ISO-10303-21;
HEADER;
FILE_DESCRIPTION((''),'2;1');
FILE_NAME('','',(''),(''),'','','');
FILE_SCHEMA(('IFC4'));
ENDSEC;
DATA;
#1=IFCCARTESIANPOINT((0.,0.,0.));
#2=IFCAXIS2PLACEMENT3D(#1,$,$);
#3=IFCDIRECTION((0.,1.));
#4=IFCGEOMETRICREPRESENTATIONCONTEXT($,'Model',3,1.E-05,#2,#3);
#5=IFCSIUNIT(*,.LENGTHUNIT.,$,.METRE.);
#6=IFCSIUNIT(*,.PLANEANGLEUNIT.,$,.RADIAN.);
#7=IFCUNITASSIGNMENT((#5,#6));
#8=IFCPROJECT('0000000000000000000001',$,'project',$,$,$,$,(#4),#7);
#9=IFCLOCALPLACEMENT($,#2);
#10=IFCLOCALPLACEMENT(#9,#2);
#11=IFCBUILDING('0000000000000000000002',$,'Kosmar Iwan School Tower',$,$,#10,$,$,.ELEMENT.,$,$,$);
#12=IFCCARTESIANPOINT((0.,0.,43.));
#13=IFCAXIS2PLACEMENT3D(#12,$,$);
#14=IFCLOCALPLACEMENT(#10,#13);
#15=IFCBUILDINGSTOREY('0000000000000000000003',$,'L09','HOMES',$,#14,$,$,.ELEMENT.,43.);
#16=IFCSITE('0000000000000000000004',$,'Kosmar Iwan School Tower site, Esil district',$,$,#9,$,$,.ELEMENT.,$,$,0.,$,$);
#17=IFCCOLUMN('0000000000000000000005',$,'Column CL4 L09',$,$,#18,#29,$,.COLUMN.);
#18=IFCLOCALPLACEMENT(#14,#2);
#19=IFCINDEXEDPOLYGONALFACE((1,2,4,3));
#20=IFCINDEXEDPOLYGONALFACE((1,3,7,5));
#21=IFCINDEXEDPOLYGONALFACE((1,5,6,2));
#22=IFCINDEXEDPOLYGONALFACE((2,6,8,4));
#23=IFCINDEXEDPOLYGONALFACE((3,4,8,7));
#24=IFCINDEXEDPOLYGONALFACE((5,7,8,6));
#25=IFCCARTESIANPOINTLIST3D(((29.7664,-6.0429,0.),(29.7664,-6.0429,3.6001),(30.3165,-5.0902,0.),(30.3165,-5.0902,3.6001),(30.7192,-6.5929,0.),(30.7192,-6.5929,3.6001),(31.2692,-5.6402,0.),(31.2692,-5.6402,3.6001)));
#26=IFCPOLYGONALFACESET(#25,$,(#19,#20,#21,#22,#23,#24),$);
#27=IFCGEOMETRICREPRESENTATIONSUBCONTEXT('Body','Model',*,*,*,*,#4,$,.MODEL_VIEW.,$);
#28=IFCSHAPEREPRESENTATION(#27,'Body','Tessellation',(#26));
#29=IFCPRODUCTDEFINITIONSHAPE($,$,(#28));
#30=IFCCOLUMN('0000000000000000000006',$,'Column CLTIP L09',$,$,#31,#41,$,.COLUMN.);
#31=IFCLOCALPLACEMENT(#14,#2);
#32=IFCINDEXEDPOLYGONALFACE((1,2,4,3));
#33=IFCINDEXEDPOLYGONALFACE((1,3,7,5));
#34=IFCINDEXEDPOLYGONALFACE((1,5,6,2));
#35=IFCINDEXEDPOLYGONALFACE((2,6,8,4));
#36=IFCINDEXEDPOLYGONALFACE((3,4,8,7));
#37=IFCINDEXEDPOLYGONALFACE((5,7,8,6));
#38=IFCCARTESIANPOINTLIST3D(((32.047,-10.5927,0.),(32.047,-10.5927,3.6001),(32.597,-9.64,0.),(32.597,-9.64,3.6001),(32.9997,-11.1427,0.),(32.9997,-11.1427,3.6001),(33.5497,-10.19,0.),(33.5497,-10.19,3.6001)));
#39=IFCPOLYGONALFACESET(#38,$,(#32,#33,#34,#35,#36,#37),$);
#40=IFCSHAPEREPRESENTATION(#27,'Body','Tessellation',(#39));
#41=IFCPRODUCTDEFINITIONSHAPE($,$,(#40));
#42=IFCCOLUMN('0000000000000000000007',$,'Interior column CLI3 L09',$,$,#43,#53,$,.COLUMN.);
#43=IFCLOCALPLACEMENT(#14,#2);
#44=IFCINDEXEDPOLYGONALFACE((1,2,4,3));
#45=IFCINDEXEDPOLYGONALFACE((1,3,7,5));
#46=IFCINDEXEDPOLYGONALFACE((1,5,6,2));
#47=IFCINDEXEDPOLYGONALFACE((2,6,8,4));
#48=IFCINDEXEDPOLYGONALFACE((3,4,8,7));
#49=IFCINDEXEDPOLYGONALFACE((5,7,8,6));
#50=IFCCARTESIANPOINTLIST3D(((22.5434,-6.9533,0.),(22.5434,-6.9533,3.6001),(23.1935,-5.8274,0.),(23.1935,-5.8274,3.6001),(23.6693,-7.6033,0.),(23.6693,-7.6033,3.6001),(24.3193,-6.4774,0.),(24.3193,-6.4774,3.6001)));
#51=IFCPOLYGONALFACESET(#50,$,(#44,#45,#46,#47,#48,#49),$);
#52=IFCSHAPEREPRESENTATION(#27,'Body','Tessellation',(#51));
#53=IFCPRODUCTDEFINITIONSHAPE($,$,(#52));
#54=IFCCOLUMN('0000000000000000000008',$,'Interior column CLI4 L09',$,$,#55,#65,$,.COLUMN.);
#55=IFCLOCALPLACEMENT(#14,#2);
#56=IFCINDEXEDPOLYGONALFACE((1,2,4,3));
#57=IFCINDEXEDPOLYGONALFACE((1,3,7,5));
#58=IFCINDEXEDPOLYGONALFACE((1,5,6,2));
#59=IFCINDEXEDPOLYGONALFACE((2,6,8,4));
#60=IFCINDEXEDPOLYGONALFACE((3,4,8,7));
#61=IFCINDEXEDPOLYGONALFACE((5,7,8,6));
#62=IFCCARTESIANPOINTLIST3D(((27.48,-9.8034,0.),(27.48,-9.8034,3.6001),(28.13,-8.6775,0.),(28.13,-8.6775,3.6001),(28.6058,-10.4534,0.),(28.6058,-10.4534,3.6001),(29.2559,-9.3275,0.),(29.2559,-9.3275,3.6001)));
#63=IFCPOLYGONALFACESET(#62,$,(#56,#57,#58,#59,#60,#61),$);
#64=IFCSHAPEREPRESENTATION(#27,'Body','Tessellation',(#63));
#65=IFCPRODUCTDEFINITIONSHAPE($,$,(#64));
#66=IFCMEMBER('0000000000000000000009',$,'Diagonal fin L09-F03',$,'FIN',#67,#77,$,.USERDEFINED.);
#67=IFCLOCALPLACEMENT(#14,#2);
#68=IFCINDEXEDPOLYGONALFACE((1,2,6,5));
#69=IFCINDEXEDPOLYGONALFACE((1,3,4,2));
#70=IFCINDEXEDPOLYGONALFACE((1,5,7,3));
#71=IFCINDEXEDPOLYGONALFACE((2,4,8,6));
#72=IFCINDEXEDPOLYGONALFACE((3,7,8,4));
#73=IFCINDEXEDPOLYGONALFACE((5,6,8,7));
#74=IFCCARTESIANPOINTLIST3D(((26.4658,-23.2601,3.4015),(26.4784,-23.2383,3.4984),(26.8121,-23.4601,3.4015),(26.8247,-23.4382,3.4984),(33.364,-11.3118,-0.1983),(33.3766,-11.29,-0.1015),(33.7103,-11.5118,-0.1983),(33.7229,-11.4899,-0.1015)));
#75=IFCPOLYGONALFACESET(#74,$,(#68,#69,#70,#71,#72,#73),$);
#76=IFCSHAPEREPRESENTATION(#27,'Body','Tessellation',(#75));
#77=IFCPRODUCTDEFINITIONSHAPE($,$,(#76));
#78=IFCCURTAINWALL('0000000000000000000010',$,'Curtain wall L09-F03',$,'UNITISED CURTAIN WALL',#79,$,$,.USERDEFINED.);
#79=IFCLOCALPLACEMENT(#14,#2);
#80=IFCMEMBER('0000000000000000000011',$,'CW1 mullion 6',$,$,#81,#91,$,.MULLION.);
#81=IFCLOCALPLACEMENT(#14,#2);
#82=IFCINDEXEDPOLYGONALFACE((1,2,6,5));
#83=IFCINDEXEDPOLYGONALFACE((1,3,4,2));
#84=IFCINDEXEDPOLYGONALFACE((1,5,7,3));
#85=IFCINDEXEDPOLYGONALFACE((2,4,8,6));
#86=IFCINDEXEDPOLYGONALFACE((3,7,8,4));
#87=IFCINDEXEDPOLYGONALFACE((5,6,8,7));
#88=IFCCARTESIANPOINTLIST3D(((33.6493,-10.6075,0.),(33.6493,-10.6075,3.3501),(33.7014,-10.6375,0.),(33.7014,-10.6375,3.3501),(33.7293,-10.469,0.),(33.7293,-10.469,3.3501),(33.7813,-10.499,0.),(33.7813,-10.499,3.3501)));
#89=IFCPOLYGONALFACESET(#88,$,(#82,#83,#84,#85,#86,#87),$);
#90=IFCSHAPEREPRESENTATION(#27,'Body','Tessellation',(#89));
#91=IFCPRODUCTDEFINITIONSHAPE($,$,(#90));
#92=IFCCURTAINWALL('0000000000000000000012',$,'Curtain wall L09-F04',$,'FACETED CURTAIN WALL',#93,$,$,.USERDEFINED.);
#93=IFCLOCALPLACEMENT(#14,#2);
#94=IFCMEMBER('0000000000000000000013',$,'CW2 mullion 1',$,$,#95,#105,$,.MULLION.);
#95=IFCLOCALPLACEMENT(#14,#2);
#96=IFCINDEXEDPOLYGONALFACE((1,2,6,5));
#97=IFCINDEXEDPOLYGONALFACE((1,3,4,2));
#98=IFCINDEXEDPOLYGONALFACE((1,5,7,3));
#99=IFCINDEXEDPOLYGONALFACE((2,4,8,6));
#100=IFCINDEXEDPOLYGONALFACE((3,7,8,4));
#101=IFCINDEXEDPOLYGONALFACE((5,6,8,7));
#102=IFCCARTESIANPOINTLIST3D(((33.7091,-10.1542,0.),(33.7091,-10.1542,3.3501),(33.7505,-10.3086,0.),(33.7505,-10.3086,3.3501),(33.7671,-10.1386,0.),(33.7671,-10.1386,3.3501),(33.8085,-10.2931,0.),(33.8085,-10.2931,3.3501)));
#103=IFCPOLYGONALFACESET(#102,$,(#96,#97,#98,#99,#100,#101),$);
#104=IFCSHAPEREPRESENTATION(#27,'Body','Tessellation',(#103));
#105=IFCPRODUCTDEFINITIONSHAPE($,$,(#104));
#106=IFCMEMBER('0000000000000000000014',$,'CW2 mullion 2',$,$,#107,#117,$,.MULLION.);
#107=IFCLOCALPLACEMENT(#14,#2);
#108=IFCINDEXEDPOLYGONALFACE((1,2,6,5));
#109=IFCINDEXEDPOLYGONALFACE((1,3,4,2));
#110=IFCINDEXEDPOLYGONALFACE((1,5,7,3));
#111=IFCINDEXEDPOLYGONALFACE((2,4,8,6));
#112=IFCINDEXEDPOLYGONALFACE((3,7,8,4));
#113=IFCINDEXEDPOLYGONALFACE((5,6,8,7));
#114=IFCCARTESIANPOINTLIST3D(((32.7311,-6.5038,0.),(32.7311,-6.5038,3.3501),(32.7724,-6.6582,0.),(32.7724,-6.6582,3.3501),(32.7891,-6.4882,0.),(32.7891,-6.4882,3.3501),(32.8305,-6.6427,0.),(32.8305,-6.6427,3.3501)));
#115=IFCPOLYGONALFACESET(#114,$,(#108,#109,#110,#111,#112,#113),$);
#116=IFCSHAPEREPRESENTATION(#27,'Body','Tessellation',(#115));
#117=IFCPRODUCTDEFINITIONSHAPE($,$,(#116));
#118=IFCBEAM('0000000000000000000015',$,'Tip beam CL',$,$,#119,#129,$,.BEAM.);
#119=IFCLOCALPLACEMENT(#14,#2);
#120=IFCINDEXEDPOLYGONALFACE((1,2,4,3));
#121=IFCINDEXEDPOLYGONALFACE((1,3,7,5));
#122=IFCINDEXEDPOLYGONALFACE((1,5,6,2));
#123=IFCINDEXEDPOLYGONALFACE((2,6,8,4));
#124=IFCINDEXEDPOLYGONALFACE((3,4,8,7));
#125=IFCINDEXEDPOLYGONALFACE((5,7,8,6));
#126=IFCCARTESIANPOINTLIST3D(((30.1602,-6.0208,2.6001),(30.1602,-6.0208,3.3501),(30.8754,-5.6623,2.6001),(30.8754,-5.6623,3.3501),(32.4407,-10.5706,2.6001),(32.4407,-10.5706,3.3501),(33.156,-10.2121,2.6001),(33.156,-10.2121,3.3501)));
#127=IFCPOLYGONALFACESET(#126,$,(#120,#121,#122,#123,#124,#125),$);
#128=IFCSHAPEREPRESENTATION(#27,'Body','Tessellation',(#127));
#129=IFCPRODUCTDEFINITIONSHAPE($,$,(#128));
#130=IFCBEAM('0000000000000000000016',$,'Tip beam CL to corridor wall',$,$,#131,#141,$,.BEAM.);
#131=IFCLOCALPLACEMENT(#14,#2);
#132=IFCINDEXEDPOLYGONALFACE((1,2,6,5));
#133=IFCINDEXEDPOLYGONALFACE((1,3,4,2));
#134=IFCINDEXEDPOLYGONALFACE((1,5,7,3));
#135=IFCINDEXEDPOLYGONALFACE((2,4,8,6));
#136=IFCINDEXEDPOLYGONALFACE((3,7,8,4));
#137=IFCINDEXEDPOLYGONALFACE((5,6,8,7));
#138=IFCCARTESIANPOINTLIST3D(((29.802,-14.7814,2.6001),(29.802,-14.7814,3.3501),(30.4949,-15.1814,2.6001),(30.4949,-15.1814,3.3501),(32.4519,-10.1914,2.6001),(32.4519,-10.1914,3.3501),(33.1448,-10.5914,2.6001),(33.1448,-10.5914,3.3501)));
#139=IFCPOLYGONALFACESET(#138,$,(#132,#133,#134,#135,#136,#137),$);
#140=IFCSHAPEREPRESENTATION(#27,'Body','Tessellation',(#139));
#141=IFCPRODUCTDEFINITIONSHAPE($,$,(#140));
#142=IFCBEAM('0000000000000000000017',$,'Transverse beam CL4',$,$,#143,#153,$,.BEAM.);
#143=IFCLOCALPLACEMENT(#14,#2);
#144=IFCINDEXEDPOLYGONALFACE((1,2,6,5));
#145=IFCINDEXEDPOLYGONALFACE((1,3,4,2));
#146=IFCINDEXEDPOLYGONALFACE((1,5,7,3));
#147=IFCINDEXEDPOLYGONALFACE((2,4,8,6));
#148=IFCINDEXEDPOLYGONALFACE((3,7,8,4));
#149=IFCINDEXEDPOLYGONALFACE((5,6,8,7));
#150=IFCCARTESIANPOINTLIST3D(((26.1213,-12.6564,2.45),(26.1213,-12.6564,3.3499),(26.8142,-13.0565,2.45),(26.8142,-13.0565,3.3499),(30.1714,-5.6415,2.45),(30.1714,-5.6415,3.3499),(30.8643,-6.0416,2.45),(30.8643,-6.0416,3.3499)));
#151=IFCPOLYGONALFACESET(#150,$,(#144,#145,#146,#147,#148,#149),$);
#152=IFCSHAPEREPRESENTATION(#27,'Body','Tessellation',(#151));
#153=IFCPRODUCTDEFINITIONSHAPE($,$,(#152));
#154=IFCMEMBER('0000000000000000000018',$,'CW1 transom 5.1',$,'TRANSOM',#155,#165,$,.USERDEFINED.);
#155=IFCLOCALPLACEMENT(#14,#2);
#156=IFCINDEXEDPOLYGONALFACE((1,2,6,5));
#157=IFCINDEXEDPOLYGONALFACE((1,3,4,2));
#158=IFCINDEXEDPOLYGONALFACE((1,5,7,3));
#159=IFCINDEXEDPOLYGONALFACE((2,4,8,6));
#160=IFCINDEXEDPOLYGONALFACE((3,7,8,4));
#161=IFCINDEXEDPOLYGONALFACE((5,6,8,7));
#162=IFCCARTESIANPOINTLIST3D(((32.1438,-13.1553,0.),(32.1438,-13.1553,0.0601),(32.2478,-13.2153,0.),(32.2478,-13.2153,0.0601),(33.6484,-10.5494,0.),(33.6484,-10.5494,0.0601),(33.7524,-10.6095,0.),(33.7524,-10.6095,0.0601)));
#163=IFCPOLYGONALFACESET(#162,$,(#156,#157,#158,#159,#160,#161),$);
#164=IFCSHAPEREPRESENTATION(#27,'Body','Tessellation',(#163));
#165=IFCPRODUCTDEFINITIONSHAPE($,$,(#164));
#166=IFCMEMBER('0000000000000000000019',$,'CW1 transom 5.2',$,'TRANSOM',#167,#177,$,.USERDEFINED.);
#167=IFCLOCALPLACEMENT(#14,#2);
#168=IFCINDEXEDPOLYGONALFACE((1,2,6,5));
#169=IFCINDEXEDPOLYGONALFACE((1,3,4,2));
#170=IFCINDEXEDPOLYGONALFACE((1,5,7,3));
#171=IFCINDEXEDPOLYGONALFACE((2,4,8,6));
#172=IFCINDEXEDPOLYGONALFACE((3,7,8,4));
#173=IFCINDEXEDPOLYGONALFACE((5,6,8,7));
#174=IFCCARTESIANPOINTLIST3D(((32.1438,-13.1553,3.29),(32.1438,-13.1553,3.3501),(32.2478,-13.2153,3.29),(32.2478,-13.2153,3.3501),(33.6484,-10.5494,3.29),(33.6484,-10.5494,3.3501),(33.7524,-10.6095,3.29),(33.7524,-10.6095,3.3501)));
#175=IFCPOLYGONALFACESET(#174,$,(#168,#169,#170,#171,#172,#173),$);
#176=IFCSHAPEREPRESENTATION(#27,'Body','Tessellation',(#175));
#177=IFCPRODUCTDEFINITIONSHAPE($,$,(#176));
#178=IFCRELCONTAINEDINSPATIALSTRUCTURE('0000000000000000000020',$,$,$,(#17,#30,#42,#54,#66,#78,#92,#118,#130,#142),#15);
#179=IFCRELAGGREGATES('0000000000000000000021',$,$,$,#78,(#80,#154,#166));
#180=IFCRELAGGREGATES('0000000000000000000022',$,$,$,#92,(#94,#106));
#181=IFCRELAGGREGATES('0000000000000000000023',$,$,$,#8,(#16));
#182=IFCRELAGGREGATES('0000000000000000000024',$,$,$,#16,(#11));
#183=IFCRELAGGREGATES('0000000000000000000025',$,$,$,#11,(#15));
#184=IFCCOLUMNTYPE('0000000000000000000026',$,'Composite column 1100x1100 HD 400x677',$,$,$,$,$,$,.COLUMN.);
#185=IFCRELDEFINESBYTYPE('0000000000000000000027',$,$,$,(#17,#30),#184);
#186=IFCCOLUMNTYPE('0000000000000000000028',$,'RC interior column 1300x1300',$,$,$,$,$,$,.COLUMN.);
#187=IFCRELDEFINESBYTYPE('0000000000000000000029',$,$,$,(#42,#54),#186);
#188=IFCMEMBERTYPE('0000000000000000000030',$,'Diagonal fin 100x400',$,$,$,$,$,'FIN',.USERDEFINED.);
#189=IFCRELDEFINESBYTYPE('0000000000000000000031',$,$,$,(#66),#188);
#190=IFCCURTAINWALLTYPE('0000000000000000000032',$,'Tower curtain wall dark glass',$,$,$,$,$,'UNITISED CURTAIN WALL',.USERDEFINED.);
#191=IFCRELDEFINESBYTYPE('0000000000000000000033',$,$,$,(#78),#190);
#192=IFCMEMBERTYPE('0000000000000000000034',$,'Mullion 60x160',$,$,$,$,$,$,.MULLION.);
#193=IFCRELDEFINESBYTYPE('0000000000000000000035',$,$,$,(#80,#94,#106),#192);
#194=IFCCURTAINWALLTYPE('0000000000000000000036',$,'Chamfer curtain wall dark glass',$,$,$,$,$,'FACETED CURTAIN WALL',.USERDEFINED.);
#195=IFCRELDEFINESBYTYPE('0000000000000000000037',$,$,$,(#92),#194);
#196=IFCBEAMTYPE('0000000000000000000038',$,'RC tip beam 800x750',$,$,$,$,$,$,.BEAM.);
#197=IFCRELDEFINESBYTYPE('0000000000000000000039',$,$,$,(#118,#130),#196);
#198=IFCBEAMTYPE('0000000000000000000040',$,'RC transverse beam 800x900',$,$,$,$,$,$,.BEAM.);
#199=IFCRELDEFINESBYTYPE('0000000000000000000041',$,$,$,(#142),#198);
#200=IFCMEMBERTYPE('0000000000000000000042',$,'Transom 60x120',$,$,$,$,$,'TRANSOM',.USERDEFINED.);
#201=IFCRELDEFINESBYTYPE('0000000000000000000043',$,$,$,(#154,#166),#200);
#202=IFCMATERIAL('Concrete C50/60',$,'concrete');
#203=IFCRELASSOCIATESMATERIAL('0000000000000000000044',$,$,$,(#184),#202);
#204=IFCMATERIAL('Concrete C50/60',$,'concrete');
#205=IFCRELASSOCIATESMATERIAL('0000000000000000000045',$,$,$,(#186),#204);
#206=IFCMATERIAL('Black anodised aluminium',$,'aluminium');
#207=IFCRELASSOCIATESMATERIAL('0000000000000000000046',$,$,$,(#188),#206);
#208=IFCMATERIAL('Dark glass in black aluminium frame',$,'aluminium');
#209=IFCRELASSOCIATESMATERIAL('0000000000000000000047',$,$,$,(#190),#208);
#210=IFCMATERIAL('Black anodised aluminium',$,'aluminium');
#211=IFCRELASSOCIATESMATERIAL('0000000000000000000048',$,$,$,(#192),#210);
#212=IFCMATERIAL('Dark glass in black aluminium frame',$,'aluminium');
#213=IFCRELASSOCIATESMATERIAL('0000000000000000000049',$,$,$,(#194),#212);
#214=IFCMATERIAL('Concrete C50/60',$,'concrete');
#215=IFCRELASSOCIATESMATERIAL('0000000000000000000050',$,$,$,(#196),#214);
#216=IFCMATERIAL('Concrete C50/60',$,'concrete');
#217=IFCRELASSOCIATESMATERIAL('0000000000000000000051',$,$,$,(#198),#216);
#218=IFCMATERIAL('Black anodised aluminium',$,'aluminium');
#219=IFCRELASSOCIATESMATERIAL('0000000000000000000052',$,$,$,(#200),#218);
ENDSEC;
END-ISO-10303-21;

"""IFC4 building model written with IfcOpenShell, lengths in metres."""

from ifc_helpers import new_model, si_unit, direction, frame, origin, origin_2d, place, context, subcontext, project, spatial, rectangle, extrude, material, material_profile, profile_set, type_object, element, aggregate, save


model = new_model("IFC4")

# Units and contexts
model_context = context("Model", 3, precision=1e-05, world=origin(), true_north=direction((0.0, 1.0)))
body_context = subcontext(model_context, "Body", "Model", "MODEL_VIEW")
ifc_project = project(units=[si_unit("LENGTHUNIT", "METRE"), si_unit("PLANEANGLEUNIT", "RADIAN")], contexts=[model_context])

# Site, building, storey
site_placement = place(None, origin())
site = spatial("IfcSite", under=ifc_project, at=site_placement, Name="Kosmar Iwan School Tower site, Esil district", CompositionType="ELEMENT", RefElevation=0.0)
building_placement = place(site_placement, origin())
building = spatial("IfcBuilding", under=site, at=building_placement, Name="Kosmar Iwan School Tower", CompositionType="ELEMENT")
storey_placement = place(building_placement, frame((0.0, 0.0, 43.0)))
storey = spatial("IfcBuildingStorey", under=building, at=storey_placement, Name="L09", Description="HOMES", CompositionType="ELEMENT", Elevation=43.0)

# Columns
ifc_material_1 = material(Name="Concrete C50/60", Category="concrete")
ifc_material_profile_1 = material_profile(ifc_material_1, rectangle(XDim=1.1001, YDim=1.1001, at=origin_2d()), Name="RC 1100x1100 + HD 400x677")
ifc_profile_set_1 = profile_set([ifc_material_profile_1], Name="Concrete C50/60")
column_type_1 = type_object("IfcColumnType", Name="Composite column 1100x1100 HD 400x677", PredefinedType="COLUMN", material=ifc_profile_set_1)
for number, where, z_axis, x_axis, name in (
    (1, (30.5178, -5.8416, 0.0), (0.0, 0.0, 1.0), (0.866025, -0.5, 0.0), "Column CL4 L09"),
    (2, (32.7983, -10.3914, 0.0), (0.0, 0.0, 1.0), (0.866025, -0.5, 0.0), "Column CLTIP L09"),
):
    element("IfcColumn", number, at=place(storey_placement, frame(where, z_axis=z_axis, x_axis=x_axis)), inside=storey, type_object=column_type_1, Name=name, PredefinedType="COLUMN", context=body_context, shape_type="SweptSolid", body=[
        extrude(rectangle(XDim=1.1001, YDim=1.1001, at=origin_2d()), origin(), (0.0, 0.0, 1.0), 3.6001),
    ])
ifc_material_2 = material(Name="Concrete C50/60", Category="concrete")
ifc_material_profile_2 = material_profile(ifc_material_2, rectangle(XDim=1.3, YDim=1.3, at=origin_2d()), Name="RC 1300x1300")
ifc_profile_set_2 = profile_set([ifc_material_profile_2], Name="Concrete C50/60")
column_type_2 = type_object("IfcColumnType", Name="RC interior column 1300x1300", PredefinedType="COLUMN", material=ifc_profile_set_2)
for number, where, z_axis, x_axis, name in (
    (3, (23.4314, -6.7153, 0.0), (0.0, 0.0, 1.0), (0.866025, -0.5, 0.0), "Interior column CLI3 L09"),
    (4, (28.3679, -9.5654, 0.0), (0.0, 0.0, 1.0), (0.866025, -0.5, 0.0), "Interior column CLI4 L09"),
):
    element("IfcColumn", number, at=place(storey_placement, frame(where, z_axis=z_axis, x_axis=x_axis)), inside=storey, type_object=column_type_2, Name=name, PredefinedType="COLUMN", context=body_context, shape_type="SweptSolid", body=[
        extrude(rectangle(XDim=1.3, YDim=1.3, at=origin_2d()), origin(), (0.0, 0.0, 1.0), 3.6001),
    ])

# Member
ifc_material_3 = material(Name="Black anodised aluminium", Category="aluminium")
ifc_material_profile_3 = material_profile(ifc_material_3, rectangle(XDim=0.1001, YDim=0.3999, at=origin_2d()), Name="FIN 100x400")
ifc_profile_set_3 = profile_set([ifc_material_profile_3], Name="Black anodised aluminium")
member_type_1 = type_object("IfcMemberType", Name="Diagonal fin 100x400", ElementType="FIN", PredefinedType="USERDEFINED", material=ifc_profile_set_3)
member_1_placement = place(storey_placement, frame((33.5435, -11.4009, -0.1499), z_axis=(-0.483796, -0.837974, 0.252471), x_axis=(0.126234, 0.218647, 0.967604)))
element("IfcMember", 5, at=member_1_placement, inside=storey, type_object=member_type_1, Name="Diagonal fin L09-F03", ObjectType="FIN", PredefinedType="USERDEFINED", context=body_context, shape_type="SweptSolid", body=[
    extrude(rectangle(XDim=0.1001, YDim=0.3999, at=origin_2d()), origin(), (0.0, 0.0, 1.0), 14.2585),
])

# Curtain wall, member
ifc_material_4 = material(Name="Dark glass in black aluminium frame", Category="aluminium")
curtain_wall_type_1 = type_object("IfcCurtainWallType", Name="Tower curtain wall dark glass", ElementType="UNITISED CURTAIN WALL", PredefinedType="USERDEFINED", material=ifc_material_4)
curtain_wall_1_placement = place(storey_placement, origin())
curtain_wall_1 = element("IfcCurtainWall", 6, at=curtain_wall_1_placement, inside=storey, type_object=curtain_wall_type_1, Name="Curtain wall L09-F03", ObjectType="UNITISED CURTAIN WALL", PredefinedType="USERDEFINED")
ifc_material_5 = material(Name="Black anodised aluminium", Category="aluminium")
ifc_material_profile_4 = material_profile(ifc_material_5, rectangle(XDim=0.0601, YDim=0.1599, at=origin_2d()), Name="MULLION 60x160")
ifc_profile_set_4 = profile_set([ifc_material_profile_4], Name="Black anodised aluminium")
member_type_2 = type_object("IfcMemberType", Name="Mullion 60x160", PredefinedType="MULLION", material=ifc_profile_set_4)
member_2_placement = place(storey_placement, frame((33.7153, -10.5532, 0.0), z_axis=(0.0, 0.0, 1.0), x_axis=(-0.866025, 0.5, 0.0)))
member_2 = element("IfcMember", 7, at=member_2_placement, type_object=member_type_2, Name="CW1 mullion 6", PredefinedType="MULLION", context=body_context, shape_type="SweptSolid", body=[
    extrude(rectangle(XDim=0.0601, YDim=0.1599, at=origin_2d()), origin(), (0.0, 0.0, 1.0), 3.3501),
])

# Curtain wall, members
ifc_material_6 = material(Name="Dark glass in black aluminium frame", Category="aluminium")
curtain_wall_type_2 = type_object("IfcCurtainWallType", Name="Chamfer curtain wall dark glass", ElementType="FACETED CURTAIN WALL", PredefinedType="USERDEFINED", material=ifc_material_6)
curtain_wall_2_placement = place(storey_placement, origin())
curtain_wall_2 = element("IfcCurtainWall", 8, at=curtain_wall_2_placement, inside=storey, type_object=curtain_wall_type_2, Name="Curtain wall L09-F04", ObjectType="FACETED CURTAIN WALL", PredefinedType="USERDEFINED")
member_3_placement = place(storey_placement, frame((33.7588, -10.2236, 0.0), z_axis=(0.0, 0.0, 1.0), x_axis=(-0.965926, -0.258819, 0.0)))
member_3 = element("IfcMember", 9, at=member_3_placement, type_object=member_type_2, Name="CW2 mullion 1", PredefinedType="MULLION", context=body_context, shape_type="SweptSolid", body=[
    extrude(rectangle(XDim=0.0601, YDim=0.1599, at=origin_2d()), origin(), (0.0, 0.0, 1.0), 3.3501),
])
member_4_placement = place(storey_placement, frame((32.7808, -6.5732, 0.0), z_axis=(0.0, 0.0, 1.0), x_axis=(-0.965926, -0.258819, 0.0)))
member_4 = element("IfcMember", 10, at=member_4_placement, type_object=member_type_2, Name="CW2 mullion 2", PredefinedType="MULLION", context=body_context, shape_type="SweptSolid", body=[
    extrude(rectangle(XDim=0.0601, YDim=0.1599, at=origin_2d()), origin(), (0.0, 0.0, 1.0), 3.3501),
])

# Beams
ifc_material_7 = material(Name="Concrete C50/60", Category="concrete")
ifc_material_profile_5 = material_profile(ifc_material_7, rectangle(XDim=0.8, YDim=0.75, at=origin_2d()), Name="RC 800x750")
ifc_profile_set_5 = profile_set([ifc_material_profile_5], Name="Concrete C50/60")
beam_type_1 = type_object("IfcBeamType", Name="RC tip beam 800x750", PredefinedType="BEAM", material=ifc_profile_set_5)
beam_1_placement = place(storey_placement, frame((30.5178, -5.8416, 2.9751), z_axis=(0.448096, -0.893985, 0.0), x_axis=(0.893985, 0.448096, 0.0)))
element("IfcBeam", 11, at=beam_1_placement, inside=storey, type_object=beam_type_1, Name="Tip beam CL", PredefinedType="BEAM", context=body_context, shape_type="SweptSolid", body=[
    extrude(rectangle(XDim=0.8, YDim=0.75, at=origin_2d()), origin(), (0.0, 0.0, 1.0), 5.0894),
])
beam_2_placement = place(storey_placement, frame((32.7983, -10.3914, 2.9751), z_axis=(-0.499974, -0.866041, 0.0), x_axis=(0.866041, -0.499974, 0.0)))
element("IfcBeam", 12, at=beam_2_placement, inside=storey, type_object=beam_type_1, Name="Tip beam CL to corridor wall", PredefinedType="BEAM", context=body_context, shape_type="SweptSolid", body=[
    extrude(rectangle(XDim=0.8, YDim=0.75, at=origin_2d()), origin(), (0.0, 0.0, 1.0), 5.3),
])
ifc_material_8 = material(Name="Concrete C50/60", Category="concrete")
ifc_material_profile_6 = material_profile(ifc_material_8, rectangle(XDim=0.8, YDim=0.8999, at=origin_2d()), Name="RC 800x900")
ifc_profile_set_6 = profile_set([ifc_material_profile_6], Name="Concrete C50/60")
beam_type_2 = type_object("IfcBeamType", Name="RC transverse beam 800x900", PredefinedType="BEAM", material=ifc_profile_set_6)
beam_3_placement = place(storey_placement, frame((30.5178, -5.8416, 2.8999), z_axis=(-0.5, -0.866025, 0.0), x_axis=(0.866025, -0.5, 0.0)))
element("IfcBeam", 13, at=beam_3_placement, inside=storey, type_object=beam_type_2, Name="Transverse beam CL4", PredefinedType="BEAM", context=body_context, shape_type="SweptSolid", body=[
    extrude(rectangle(XDim=0.8, YDim=0.8999, at=origin_2d()), origin(), (0.0, 0.0, 1.0), 8.1001),
])

# Members
ifc_material_9 = material(Name="Black anodised aluminium", Category="aluminium")
ifc_material_profile_7 = material_profile(ifc_material_9, rectangle(XDim=0.1201, YDim=0.0601, at=origin_2d()), Name="TRANSOM 60x120")
ifc_profile_set_7 = profile_set([ifc_material_profile_7], Name="Black anodised aluminium")
member_type_3 = type_object("IfcMemberType", Name="Transom 60x120", ElementType="TRANSOM", PredefinedType="USERDEFINED", material=ifc_profile_set_7)
member_5_placement = place(storey_placement, frame((32.1958, -13.1853, 0.03), z_axis=(0.500022, 0.866013, 0.0), x_axis=(-0.866013, 0.500022, 0.0)))
member_5 = element("IfcMember", 14, at=member_5_placement, type_object=member_type_3, Name="CW1 transom 5.1", ObjectType="TRANSOM", PredefinedType="USERDEFINED", context=body_context, shape_type="SweptSolid", body=[
    extrude(rectangle(XDim=0.1201, YDim=0.0601, at=origin_2d()), origin(), (0.0, 0.0, 1.0), 3.009),
])
member_6_placement = place(storey_placement, frame((32.1958, -13.1853, 3.3201), z_axis=(0.500022, 0.866013, 0.0), x_axis=(-0.866013, 0.500022, 0.0)))
member_6 = element("IfcMember", 15, at=member_6_placement, type_object=member_type_3, Name="CW1 transom 5.2", ObjectType="TRANSOM", PredefinedType="USERDEFINED", context=body_context, shape_type="SweptSolid", body=[
    extrude(rectangle(XDim=0.1201, YDim=0.0601, at=origin_2d()), origin(), (0.0, 0.0, 1.0), 3.009),
])

aggregate(curtain_wall_1, [member_2, member_5, member_6])
aggregate(curtain_wall_2, [member_3, member_4])

save(model, "model.ifc")
